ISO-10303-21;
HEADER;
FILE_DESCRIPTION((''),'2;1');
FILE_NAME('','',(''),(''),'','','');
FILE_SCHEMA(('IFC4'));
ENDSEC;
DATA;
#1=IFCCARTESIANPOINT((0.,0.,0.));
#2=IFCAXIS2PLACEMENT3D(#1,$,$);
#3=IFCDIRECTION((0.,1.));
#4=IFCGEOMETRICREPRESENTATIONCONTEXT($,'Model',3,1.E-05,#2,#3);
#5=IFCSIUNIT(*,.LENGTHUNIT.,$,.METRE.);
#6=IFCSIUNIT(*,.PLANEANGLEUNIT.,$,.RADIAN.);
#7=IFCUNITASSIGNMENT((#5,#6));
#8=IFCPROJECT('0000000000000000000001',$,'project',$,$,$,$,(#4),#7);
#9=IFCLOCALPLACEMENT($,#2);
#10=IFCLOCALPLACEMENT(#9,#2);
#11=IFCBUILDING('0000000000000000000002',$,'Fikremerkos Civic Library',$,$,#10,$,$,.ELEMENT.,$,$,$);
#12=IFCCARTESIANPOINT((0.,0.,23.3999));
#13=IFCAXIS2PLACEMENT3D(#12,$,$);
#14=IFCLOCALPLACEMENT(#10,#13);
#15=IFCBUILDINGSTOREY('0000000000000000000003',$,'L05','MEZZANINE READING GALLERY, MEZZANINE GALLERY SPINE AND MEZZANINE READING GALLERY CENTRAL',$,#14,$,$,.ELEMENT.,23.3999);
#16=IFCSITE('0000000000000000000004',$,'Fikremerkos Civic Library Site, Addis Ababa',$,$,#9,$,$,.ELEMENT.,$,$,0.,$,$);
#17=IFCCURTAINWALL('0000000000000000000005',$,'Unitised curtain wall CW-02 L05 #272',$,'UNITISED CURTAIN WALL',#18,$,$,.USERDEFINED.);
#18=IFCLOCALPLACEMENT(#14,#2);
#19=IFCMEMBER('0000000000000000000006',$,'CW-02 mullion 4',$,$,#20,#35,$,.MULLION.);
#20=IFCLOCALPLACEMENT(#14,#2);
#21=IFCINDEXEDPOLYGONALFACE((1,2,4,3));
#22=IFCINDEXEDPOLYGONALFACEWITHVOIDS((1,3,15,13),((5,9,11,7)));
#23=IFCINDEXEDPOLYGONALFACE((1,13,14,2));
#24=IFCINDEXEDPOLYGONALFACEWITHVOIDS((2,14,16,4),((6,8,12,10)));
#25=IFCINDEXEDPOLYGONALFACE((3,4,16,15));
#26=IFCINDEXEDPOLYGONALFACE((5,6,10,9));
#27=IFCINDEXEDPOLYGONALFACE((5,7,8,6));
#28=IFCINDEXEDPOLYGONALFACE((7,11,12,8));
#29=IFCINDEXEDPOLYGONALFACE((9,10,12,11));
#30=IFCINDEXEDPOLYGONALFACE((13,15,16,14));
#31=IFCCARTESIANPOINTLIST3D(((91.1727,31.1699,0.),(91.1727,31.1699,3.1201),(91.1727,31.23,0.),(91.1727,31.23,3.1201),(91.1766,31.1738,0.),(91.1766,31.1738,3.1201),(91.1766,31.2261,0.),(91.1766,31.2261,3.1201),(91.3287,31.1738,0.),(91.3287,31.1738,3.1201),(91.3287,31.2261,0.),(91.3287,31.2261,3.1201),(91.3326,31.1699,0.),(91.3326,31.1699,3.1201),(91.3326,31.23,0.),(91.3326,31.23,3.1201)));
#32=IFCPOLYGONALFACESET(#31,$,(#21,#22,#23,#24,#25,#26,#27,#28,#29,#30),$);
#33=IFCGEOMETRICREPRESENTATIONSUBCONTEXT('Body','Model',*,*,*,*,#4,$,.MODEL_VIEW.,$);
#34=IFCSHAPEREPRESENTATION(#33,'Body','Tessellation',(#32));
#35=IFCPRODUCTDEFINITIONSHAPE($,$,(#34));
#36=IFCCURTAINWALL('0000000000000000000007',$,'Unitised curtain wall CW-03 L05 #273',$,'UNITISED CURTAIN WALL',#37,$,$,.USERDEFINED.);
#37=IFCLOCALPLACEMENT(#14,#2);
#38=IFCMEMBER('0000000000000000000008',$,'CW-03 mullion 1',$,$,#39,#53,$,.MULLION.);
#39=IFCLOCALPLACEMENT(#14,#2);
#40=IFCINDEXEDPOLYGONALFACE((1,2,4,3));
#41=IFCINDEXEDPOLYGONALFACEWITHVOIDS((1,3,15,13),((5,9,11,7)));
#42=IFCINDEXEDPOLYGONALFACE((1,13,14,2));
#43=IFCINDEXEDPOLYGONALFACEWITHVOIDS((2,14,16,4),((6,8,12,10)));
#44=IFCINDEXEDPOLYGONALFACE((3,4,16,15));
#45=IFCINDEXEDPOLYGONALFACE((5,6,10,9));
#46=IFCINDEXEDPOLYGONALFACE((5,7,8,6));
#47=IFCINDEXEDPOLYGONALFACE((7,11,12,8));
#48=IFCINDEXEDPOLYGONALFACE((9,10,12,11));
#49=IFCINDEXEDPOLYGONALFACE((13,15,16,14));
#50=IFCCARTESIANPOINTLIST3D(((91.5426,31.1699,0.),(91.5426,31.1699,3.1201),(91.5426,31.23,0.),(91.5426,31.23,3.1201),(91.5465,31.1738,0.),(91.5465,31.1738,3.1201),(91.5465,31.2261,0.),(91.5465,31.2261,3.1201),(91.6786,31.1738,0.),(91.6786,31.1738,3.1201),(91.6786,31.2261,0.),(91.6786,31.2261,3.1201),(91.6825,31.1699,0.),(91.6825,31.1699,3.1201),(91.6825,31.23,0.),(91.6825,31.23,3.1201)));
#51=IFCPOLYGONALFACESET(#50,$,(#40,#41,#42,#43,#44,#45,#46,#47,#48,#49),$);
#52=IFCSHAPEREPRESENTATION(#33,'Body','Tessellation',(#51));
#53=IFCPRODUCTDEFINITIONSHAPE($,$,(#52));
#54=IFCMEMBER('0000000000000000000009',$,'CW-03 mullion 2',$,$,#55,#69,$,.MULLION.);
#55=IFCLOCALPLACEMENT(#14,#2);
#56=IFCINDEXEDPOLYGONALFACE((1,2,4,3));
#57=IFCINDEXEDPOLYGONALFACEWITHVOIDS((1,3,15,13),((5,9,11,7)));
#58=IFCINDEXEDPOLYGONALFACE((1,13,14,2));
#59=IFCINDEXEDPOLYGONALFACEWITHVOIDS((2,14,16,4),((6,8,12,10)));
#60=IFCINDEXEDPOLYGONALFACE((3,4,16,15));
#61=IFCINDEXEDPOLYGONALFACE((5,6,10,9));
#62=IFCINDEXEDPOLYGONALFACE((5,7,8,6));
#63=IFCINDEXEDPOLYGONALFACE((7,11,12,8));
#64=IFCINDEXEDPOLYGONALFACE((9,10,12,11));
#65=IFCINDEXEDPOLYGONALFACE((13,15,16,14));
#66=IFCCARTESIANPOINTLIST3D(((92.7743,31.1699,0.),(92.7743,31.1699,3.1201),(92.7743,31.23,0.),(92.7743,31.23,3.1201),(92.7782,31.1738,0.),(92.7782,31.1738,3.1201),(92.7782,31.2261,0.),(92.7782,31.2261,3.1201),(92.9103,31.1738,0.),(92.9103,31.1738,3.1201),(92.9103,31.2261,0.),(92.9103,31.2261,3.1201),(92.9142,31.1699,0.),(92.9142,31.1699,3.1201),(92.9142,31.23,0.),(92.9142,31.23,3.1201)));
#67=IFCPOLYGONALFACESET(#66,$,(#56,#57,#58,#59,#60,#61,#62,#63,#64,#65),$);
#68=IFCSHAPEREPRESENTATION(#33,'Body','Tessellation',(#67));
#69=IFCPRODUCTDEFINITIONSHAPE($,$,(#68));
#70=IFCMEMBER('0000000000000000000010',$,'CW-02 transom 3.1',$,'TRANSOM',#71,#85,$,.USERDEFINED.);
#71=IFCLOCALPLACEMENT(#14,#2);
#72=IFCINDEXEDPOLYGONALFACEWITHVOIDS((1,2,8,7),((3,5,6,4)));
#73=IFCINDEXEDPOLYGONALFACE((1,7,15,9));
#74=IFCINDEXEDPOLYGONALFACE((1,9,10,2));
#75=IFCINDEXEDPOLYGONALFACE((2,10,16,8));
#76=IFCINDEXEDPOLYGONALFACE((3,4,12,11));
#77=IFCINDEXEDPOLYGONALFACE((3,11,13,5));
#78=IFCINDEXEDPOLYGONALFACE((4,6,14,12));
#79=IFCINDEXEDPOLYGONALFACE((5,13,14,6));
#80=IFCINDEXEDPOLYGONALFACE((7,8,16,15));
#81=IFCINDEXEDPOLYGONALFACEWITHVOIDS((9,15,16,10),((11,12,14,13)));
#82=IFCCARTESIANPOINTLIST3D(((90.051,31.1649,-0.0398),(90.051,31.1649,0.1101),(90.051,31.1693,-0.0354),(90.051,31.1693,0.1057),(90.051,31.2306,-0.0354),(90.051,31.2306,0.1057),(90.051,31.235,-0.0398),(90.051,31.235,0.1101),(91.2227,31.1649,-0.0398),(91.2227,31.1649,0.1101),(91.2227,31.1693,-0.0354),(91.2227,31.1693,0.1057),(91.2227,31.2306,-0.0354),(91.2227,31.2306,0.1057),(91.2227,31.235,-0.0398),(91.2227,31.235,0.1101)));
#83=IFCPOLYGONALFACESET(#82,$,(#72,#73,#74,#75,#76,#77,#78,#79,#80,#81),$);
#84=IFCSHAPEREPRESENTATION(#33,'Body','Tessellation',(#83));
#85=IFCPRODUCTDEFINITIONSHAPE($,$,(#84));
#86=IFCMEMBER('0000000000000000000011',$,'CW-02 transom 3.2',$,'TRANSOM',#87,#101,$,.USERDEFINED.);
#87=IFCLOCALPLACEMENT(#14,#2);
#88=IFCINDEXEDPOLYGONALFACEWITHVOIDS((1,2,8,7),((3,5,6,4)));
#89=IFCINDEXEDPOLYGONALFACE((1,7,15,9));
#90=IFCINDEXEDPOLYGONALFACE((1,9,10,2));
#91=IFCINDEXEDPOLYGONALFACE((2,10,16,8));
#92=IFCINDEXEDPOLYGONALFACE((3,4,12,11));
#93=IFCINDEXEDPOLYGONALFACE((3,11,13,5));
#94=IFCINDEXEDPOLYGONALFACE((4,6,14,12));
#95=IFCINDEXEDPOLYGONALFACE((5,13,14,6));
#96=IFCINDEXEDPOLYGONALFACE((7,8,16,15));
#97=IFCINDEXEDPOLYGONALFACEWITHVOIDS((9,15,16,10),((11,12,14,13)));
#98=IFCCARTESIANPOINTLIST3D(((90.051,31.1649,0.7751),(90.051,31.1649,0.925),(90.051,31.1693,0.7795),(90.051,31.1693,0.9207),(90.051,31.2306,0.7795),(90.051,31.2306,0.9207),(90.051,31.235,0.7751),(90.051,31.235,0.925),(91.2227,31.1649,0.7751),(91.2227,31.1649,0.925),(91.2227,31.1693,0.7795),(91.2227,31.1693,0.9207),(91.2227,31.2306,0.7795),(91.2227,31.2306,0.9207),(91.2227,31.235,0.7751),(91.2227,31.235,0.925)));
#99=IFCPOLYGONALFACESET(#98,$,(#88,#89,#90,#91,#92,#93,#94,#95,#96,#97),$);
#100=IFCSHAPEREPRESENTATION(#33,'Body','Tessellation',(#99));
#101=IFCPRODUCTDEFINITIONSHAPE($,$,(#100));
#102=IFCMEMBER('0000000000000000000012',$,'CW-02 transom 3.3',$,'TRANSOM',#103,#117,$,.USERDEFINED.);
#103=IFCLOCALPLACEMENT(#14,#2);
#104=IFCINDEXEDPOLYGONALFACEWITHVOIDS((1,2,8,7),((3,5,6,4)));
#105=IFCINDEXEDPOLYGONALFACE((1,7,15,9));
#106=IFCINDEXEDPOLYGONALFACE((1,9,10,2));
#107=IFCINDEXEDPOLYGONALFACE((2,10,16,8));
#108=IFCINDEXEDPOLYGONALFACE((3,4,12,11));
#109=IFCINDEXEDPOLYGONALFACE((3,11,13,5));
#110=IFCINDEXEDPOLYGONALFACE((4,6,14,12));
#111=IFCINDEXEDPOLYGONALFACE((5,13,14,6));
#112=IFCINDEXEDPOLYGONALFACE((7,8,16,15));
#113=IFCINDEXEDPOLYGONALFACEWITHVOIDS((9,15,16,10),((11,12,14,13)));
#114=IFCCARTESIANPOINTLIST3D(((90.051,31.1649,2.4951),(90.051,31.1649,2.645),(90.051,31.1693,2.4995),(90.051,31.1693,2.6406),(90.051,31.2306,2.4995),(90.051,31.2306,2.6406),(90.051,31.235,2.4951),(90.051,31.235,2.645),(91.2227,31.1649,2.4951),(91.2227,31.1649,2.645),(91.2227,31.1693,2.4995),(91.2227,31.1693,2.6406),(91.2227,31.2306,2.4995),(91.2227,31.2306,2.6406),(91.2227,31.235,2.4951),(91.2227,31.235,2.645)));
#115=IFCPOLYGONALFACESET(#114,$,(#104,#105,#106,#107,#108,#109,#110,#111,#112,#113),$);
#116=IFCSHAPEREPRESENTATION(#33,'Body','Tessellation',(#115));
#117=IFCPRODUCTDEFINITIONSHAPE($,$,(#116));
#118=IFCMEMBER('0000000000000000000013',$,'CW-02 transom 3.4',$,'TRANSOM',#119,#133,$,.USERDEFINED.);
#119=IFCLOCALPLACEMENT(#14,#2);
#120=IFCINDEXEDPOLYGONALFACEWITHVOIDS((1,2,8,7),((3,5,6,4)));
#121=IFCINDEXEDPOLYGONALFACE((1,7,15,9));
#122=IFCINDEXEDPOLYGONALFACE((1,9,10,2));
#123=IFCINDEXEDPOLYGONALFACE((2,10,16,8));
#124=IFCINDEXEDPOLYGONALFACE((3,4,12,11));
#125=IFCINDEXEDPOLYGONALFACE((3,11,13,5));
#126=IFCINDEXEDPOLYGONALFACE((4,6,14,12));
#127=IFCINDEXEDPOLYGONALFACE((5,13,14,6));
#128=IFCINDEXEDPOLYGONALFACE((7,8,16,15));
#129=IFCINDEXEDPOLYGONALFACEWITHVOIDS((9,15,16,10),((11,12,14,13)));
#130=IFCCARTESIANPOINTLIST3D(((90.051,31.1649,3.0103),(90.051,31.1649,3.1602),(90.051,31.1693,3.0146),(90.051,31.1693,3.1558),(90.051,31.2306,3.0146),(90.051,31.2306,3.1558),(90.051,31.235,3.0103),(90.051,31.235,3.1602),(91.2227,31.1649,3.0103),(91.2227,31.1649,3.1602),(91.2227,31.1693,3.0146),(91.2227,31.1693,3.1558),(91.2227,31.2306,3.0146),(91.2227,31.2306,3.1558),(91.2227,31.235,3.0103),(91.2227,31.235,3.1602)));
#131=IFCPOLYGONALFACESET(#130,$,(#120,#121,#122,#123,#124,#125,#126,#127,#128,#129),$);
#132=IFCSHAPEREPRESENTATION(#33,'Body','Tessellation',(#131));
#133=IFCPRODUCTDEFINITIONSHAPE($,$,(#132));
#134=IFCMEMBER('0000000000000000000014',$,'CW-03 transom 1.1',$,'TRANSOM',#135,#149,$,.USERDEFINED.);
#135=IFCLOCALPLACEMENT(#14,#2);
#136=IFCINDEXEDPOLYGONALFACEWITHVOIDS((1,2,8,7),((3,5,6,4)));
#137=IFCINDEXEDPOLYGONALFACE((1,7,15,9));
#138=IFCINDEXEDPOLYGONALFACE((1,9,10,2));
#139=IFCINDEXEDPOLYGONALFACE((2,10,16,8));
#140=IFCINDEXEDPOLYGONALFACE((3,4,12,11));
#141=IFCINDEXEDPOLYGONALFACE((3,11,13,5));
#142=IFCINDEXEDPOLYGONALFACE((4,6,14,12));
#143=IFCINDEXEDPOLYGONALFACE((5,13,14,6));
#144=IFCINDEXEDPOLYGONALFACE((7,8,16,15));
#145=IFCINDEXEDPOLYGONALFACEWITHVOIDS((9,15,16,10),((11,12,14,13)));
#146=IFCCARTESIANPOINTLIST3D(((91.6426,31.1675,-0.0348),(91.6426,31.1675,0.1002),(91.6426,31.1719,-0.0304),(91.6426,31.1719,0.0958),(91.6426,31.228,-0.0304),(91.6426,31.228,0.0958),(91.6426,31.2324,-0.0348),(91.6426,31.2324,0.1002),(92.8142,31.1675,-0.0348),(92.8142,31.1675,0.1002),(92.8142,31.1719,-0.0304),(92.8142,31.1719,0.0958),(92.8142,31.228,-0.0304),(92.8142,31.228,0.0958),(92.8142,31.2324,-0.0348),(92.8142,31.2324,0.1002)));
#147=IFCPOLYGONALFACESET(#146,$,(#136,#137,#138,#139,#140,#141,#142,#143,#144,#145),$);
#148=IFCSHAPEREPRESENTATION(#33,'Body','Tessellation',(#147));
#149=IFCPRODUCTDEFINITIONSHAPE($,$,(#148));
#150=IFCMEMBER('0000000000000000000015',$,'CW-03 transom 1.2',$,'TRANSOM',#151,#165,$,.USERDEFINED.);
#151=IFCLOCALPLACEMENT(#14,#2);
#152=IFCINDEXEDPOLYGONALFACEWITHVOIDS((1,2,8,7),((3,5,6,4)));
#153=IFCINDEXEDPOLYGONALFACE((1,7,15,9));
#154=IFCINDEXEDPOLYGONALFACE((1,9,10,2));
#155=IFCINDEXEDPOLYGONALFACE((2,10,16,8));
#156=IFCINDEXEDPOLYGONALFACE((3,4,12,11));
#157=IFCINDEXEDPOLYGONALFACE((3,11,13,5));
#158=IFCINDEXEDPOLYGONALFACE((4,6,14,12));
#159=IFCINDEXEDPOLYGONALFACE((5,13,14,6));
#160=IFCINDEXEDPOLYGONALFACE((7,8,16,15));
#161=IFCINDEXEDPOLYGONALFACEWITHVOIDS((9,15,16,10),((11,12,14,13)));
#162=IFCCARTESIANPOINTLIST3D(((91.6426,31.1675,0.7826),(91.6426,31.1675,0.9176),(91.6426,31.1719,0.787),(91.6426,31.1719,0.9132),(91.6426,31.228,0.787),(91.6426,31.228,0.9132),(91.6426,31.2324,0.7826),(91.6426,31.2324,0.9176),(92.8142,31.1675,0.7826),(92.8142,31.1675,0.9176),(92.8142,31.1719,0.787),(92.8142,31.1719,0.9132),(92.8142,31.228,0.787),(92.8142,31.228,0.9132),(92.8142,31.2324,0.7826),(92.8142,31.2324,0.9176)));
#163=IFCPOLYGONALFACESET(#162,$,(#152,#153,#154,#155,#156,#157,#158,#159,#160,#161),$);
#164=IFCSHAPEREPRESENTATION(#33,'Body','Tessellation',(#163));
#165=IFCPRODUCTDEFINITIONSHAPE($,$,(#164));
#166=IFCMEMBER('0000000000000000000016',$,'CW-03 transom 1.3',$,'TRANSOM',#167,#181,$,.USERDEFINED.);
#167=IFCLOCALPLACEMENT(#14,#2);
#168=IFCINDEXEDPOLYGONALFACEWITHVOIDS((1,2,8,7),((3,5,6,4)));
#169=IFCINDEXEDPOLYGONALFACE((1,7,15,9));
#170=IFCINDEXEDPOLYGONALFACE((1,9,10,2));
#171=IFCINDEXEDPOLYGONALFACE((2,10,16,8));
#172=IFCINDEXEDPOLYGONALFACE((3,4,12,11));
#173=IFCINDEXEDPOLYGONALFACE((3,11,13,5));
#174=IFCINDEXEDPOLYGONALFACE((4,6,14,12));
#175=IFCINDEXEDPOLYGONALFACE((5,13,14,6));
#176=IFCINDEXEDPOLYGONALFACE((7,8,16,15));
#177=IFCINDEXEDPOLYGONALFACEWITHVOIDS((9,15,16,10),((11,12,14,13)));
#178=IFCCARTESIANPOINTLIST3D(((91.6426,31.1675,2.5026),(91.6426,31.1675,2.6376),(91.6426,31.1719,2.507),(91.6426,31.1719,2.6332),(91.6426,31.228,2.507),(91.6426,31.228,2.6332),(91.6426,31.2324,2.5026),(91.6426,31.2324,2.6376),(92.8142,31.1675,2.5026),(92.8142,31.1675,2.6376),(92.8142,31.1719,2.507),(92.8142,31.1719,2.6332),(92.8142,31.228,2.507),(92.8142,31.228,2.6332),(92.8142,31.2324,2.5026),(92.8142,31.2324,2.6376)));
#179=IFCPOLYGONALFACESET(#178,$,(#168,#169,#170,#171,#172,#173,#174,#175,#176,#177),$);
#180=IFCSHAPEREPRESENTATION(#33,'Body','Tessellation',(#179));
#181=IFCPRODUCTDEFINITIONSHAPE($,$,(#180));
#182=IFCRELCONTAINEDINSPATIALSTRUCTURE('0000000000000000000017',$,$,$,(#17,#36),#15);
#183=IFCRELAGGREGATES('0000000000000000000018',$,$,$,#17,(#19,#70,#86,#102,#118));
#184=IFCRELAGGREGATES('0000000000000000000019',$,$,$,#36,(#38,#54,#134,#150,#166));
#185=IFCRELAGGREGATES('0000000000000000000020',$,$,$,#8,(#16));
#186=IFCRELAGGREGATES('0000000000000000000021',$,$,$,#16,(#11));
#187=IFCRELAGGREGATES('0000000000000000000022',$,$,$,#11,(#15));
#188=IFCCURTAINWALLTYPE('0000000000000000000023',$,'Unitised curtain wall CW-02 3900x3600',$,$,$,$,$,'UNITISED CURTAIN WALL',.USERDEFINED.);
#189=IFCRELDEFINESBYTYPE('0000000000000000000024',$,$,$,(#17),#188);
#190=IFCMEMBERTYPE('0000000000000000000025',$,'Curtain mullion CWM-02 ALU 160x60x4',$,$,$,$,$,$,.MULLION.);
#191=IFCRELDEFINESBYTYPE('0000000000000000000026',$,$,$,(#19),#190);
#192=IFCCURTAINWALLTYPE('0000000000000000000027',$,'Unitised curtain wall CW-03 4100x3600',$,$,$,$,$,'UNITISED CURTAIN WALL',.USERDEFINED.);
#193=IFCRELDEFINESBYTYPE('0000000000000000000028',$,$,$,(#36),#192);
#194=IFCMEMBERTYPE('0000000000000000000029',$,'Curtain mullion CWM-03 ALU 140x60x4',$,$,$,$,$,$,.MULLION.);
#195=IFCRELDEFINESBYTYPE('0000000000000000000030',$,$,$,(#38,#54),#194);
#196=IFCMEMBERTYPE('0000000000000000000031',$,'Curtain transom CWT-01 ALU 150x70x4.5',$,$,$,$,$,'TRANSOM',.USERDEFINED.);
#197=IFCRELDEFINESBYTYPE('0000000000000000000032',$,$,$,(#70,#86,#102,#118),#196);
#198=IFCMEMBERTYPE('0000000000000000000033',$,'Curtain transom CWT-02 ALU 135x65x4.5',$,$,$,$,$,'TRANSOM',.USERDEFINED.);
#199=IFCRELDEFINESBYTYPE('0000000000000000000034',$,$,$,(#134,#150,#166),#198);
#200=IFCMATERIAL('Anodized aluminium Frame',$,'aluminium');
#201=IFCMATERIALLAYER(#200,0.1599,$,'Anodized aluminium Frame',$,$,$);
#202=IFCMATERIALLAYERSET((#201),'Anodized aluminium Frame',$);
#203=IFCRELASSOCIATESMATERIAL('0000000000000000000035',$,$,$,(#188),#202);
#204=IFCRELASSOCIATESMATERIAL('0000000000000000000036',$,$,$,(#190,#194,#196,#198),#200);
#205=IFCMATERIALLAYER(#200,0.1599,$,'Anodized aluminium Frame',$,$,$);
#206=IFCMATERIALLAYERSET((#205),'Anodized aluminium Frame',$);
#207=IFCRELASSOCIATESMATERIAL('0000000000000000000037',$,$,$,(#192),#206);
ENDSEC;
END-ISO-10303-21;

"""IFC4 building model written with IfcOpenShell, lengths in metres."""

from ifc_helpers import new_model, si_unit, direction, frame, origin, origin_2d, place, context, subcontext, project, spatial, hollow_rectangle, extrude, material, layer, layer_set, material_profile, profile_set, type_object, element, aggregate, save


model = new_model("IFC4")

# Units and contexts
model_context = context("Model", 3, precision=1e-05, world=origin(), true_north=direction((0.0, 1.0)))
body_context = subcontext(model_context, "Body", "Model", "MODEL_VIEW")
ifc_project = project(units=[si_unit("LENGTHUNIT", "METRE"), si_unit("PLANEANGLEUNIT", "RADIAN")], contexts=[model_context])

# Site, building, storey
site_placement = place(None, origin())
site = spatial("IfcSite", under=ifc_project, at=site_placement, Name="Fikremerkos Civic Library Site, Addis Ababa", CompositionType="ELEMENT", RefElevation=0.0)
building_placement = place(site_placement, origin())
building = spatial("IfcBuilding", under=site, at=building_placement, Name="Fikremerkos Civic Library", CompositionType="ELEMENT")
storey_placement = place(building_placement, frame((0.0, 0.0, 23.3999)))
storey = spatial("IfcBuildingStorey", under=building, at=storey_placement, Name="L05", Description="MEZZANINE READING GALLERY, MEZZANINE GALLERY SPINE AND MEZZANINE READING GALLERY CENTRAL", CompositionType="ELEMENT", Elevation=23.3999)

# Curtain wall, member
ifc_material_1 = material(Name="Anodized aluminium Frame", Category="aluminium")
ifc_layer_1 = layer(ifc_material_1, 0.1599, Name="Anodized aluminium Frame")
ifc_layer_set_1 = layer_set([ifc_layer_1], Name="Anodized aluminium Frame")
curtain_wall_type_1 = type_object("IfcCurtainWallType", Name="Unitised curtain wall CW-02 3900x3600", ElementType="UNITISED CURTAIN WALL", PredefinedType="USERDEFINED", material=ifc_layer_set_1)
curtain_wall_1_placement = place(storey_placement, origin())
curtain_wall_1 = element("IfcCurtainWall", 1, at=curtain_wall_1_placement, inside=storey, type_object=curtain_wall_type_1, Name="Unitised curtain wall CW-02 L05 #272", ObjectType="UNITISED CURTAIN WALL", PredefinedType="USERDEFINED")
ifc_material_profile_1 = material_profile(ifc_material_1, hollow_rectangle(XDim=0.0601, YDim=0.1599, WallThickness=0.0039, at=origin_2d()), Name="ALU 160x60x4")
ifc_profile_set_1 = profile_set([ifc_material_profile_1], Name="Anodized aluminium Frame")
member_type_1 = type_object("IfcMemberType", Name="Curtain mullion CWM-02 ALU 160x60x4", PredefinedType="MULLION", material=ifc_profile_set_1)
member_1_placement = place(storey_placement, frame((91.2527, 31.2, 0.0), z_axis=(0.0, 0.0, 1.0), x_axis=(0.0, 1.0, 0.0)))
member_1 = element("IfcMember", 2, at=member_1_placement, type_object=member_type_1, Name="CW-02 mullion 4", PredefinedType="MULLION", context=body_context, shape_type="SweptSolid", body=[
    extrude(hollow_rectangle(XDim=0.0601, YDim=0.1599, WallThickness=0.0039, at=origin_2d()), origin(), (0.0, 0.0, 1.0), 3.1201),
])

# Curtain wall, members
ifc_layer_2 = layer(ifc_material_1, 0.1599, Name="Anodized aluminium Frame")
ifc_layer_set_2 = layer_set([ifc_layer_2], Name="Anodized aluminium Frame")
curtain_wall_type_2 = type_object("IfcCurtainWallType", Name="Unitised curtain wall CW-03 4100x3600", ElementType="UNITISED CURTAIN WALL", PredefinedType="USERDEFINED", material=ifc_layer_set_2)
curtain_wall_2_placement = place(storey_placement, origin())
curtain_wall_2 = element("IfcCurtainWall", 3, at=curtain_wall_2_placement, inside=storey, type_object=curtain_wall_type_2, Name="Unitised curtain wall CW-03 L05 #273", ObjectType="UNITISED CURTAIN WALL", PredefinedType="USERDEFINED")
ifc_material_profile_2 = material_profile(ifc_material_1, hollow_rectangle(XDim=0.0601, YDim=0.1399, WallThickness=0.0039, at=origin_2d()), Name="ALU 140x60x4")
ifc_profile_set_2 = profile_set([ifc_material_profile_2], Name="Anodized aluminium Frame")
member_type_2 = type_object("IfcMemberType", Name="Curtain mullion CWM-03 ALU 140x60x4", PredefinedType="MULLION", material=ifc_profile_set_2)
member_2_placement = place(storey_placement, frame((91.6125, 31.2, 0.0), z_axis=(0.0, 0.0, 1.0), x_axis=(0.0, 1.0, 0.0)))
member_2 = element("IfcMember", 4, at=member_2_placement, type_object=member_type_2, Name="CW-03 mullion 1", PredefinedType="MULLION", context=body_context, shape_type="SweptSolid", body=[
    extrude(hollow_rectangle(XDim=0.0601, YDim=0.1399, WallThickness=0.0039, at=origin_2d()), origin(), (0.0, 0.0, 1.0), 3.1201),
])
member_3_placement = place(storey_placement, frame((92.8442, 31.2, 0.0), z_axis=(0.0, 0.0, 1.0), x_axis=(0.0, 1.0, 0.0)))
member_3 = element("IfcMember", 5, at=member_3_placement, type_object=member_type_2, Name="CW-03 mullion 2", PredefinedType="MULLION", context=body_context, shape_type="SweptSolid", body=[
    extrude(hollow_rectangle(XDim=0.0601, YDim=0.1399, WallThickness=0.0039, at=origin_2d()), origin(), (0.0, 0.0, 1.0), 3.1201),
])

# Members
ifc_material_profile_3 = material_profile(ifc_material_1, hollow_rectangle(XDim=0.0701, YDim=0.1499, WallThickness=0.0044, at=origin_2d()), Name="ALU 150x70x4.5")
ifc_profile_set_3 = profile_set([ifc_material_profile_3], Name="Anodized aluminium Frame")
member_type_3 = type_object("IfcMemberType", Name="Curtain transom CWT-01 ALU 150x70x4.5", ElementType="TRANSOM", PredefinedType="USERDEFINED", material=ifc_profile_set_3)
member_4_placement = place(storey_placement, frame((90.051, 31.2, 0.0352), z_axis=(1.0, 0.0, 0.0), x_axis=(0.0, 1.0, 0.0)))
member_4 = element("IfcMember", 6, at=member_4_placement, type_object=member_type_3, Name="CW-02 transom 3.1", ObjectType="TRANSOM", PredefinedType="USERDEFINED", context=body_context, shape_type="SweptSolid", body=[
    extrude(hollow_rectangle(XDim=0.0701, YDim=0.1499, WallThickness=0.0044, at=origin_2d()), origin(), (0.0, 0.0, 1.0), 1.1716),
])
member_5_placement = place(storey_placement, frame((90.051, 31.2, 0.8501), z_axis=(1.0, 0.0, 0.0), x_axis=(0.0, 1.0, 0.0)))
member_5 = element("IfcMember", 7, at=member_5_placement, type_object=member_type_3, Name="CW-02 transom 3.2", ObjectType="TRANSOM", PredefinedType="USERDEFINED", context=body_context, shape_type="SweptSolid", body=[
    extrude(hollow_rectangle(XDim=0.0701, YDim=0.1499, WallThickness=0.0044, at=origin_2d()), origin(), (0.0, 0.0, 1.0), 1.1716),
])
member_6_placement = place(storey_placement, frame((90.051, 31.2, 2.5701), z_axis=(1.0, 0.0, 0.0), x_axis=(0.0, 1.0, 0.0)))
member_6 = element("IfcMember", 8, at=member_6_placement, type_object=member_type_3, Name="CW-02 transom 3.3", ObjectType="TRANSOM", PredefinedType="USERDEFINED", context=body_context, shape_type="SweptSolid", body=[
    extrude(hollow_rectangle(XDim=0.0701, YDim=0.1499, WallThickness=0.0044, at=origin_2d()), origin(), (0.0, 0.0, 1.0), 1.1716),
])
member_7_placement = place(storey_placement, frame((90.051, 31.2, 3.0852), z_axis=(1.0, 0.0, 0.0), x_axis=(0.0, 1.0, 0.0)))
member_7 = element("IfcMember", 9, at=member_7_placement, type_object=member_type_3, Name="CW-02 transom 3.4", ObjectType="TRANSOM", PredefinedType="USERDEFINED", context=body_context, shape_type="SweptSolid", body=[
    extrude(hollow_rectangle(XDim=0.0701, YDim=0.1499, WallThickness=0.0044, at=origin_2d()), origin(), (0.0, 0.0, 1.0), 1.1716),
])
ifc_material_profile_4 = material_profile(ifc_material_1, hollow_rectangle(XDim=0.0649, YDim=0.135, WallThickness=0.0044, at=origin_2d()), Name="ALU 135x65x4.5")
ifc_profile_set_4 = profile_set([ifc_material_profile_4], Name="Anodized aluminium Frame")
member_type_4 = type_object("IfcMemberType", Name="Curtain transom CWT-02 ALU 135x65x4.5", ElementType="TRANSOM", PredefinedType="USERDEFINED", material=ifc_profile_set_4)
member_8_placement = place(storey_placement, frame((91.6426, 31.2, 0.0327), z_axis=(1.0, 0.0, 0.0), x_axis=(0.0, 1.0, 0.0)))
member_8 = element("IfcMember", 10, at=member_8_placement, type_object=member_type_4, Name="CW-03 transom 1.1", ObjectType="TRANSOM", PredefinedType="USERDEFINED", context=body_context, shape_type="SweptSolid", body=[
    extrude(hollow_rectangle(XDim=0.0649, YDim=0.135, WallThickness=0.0044, at=origin_2d()), origin(), (0.0, 0.0, 1.0), 1.1716),
])
member_9_placement = place(storey_placement, frame((91.6426, 31.2, 0.8501), z_axis=(1.0, 0.0, 0.0), x_axis=(0.0, 1.0, 0.0)))
member_9 = element("IfcMember", 11, at=member_9_placement, type_object=member_type_4, Name="CW-03 transom 1.2", ObjectType="TRANSOM", PredefinedType="USERDEFINED", context=body_context, shape_type="SweptSolid", body=[
    extrude(hollow_rectangle(XDim=0.0649, YDim=0.135, WallThickness=0.0044, at=origin_2d()), origin(), (0.0, 0.0, 1.0), 1.1716),
])
member_10_placement = place(storey_placement, frame((91.6426, 31.2, 2.5701), z_axis=(1.0, 0.0, 0.0), x_axis=(0.0, 1.0, 0.0)))
member_10 = element("IfcMember", 12, at=member_10_placement, type_object=member_type_4, Name="CW-03 transom 1.3", ObjectType="TRANSOM", PredefinedType="USERDEFINED", context=body_context, shape_type="SweptSolid", body=[
    extrude(hollow_rectangle(XDim=0.0649, YDim=0.135, WallThickness=0.0044, at=origin_2d()), origin(), (0.0, 0.0, 1.0), 1.1716),
])

aggregate(curtain_wall_1, [member_1, member_4, member_5, member_6, member_7])
aggregate(curtain_wall_2, [member_2, member_3, member_8, member_9, member_10])

save(model, "model.ifc")
